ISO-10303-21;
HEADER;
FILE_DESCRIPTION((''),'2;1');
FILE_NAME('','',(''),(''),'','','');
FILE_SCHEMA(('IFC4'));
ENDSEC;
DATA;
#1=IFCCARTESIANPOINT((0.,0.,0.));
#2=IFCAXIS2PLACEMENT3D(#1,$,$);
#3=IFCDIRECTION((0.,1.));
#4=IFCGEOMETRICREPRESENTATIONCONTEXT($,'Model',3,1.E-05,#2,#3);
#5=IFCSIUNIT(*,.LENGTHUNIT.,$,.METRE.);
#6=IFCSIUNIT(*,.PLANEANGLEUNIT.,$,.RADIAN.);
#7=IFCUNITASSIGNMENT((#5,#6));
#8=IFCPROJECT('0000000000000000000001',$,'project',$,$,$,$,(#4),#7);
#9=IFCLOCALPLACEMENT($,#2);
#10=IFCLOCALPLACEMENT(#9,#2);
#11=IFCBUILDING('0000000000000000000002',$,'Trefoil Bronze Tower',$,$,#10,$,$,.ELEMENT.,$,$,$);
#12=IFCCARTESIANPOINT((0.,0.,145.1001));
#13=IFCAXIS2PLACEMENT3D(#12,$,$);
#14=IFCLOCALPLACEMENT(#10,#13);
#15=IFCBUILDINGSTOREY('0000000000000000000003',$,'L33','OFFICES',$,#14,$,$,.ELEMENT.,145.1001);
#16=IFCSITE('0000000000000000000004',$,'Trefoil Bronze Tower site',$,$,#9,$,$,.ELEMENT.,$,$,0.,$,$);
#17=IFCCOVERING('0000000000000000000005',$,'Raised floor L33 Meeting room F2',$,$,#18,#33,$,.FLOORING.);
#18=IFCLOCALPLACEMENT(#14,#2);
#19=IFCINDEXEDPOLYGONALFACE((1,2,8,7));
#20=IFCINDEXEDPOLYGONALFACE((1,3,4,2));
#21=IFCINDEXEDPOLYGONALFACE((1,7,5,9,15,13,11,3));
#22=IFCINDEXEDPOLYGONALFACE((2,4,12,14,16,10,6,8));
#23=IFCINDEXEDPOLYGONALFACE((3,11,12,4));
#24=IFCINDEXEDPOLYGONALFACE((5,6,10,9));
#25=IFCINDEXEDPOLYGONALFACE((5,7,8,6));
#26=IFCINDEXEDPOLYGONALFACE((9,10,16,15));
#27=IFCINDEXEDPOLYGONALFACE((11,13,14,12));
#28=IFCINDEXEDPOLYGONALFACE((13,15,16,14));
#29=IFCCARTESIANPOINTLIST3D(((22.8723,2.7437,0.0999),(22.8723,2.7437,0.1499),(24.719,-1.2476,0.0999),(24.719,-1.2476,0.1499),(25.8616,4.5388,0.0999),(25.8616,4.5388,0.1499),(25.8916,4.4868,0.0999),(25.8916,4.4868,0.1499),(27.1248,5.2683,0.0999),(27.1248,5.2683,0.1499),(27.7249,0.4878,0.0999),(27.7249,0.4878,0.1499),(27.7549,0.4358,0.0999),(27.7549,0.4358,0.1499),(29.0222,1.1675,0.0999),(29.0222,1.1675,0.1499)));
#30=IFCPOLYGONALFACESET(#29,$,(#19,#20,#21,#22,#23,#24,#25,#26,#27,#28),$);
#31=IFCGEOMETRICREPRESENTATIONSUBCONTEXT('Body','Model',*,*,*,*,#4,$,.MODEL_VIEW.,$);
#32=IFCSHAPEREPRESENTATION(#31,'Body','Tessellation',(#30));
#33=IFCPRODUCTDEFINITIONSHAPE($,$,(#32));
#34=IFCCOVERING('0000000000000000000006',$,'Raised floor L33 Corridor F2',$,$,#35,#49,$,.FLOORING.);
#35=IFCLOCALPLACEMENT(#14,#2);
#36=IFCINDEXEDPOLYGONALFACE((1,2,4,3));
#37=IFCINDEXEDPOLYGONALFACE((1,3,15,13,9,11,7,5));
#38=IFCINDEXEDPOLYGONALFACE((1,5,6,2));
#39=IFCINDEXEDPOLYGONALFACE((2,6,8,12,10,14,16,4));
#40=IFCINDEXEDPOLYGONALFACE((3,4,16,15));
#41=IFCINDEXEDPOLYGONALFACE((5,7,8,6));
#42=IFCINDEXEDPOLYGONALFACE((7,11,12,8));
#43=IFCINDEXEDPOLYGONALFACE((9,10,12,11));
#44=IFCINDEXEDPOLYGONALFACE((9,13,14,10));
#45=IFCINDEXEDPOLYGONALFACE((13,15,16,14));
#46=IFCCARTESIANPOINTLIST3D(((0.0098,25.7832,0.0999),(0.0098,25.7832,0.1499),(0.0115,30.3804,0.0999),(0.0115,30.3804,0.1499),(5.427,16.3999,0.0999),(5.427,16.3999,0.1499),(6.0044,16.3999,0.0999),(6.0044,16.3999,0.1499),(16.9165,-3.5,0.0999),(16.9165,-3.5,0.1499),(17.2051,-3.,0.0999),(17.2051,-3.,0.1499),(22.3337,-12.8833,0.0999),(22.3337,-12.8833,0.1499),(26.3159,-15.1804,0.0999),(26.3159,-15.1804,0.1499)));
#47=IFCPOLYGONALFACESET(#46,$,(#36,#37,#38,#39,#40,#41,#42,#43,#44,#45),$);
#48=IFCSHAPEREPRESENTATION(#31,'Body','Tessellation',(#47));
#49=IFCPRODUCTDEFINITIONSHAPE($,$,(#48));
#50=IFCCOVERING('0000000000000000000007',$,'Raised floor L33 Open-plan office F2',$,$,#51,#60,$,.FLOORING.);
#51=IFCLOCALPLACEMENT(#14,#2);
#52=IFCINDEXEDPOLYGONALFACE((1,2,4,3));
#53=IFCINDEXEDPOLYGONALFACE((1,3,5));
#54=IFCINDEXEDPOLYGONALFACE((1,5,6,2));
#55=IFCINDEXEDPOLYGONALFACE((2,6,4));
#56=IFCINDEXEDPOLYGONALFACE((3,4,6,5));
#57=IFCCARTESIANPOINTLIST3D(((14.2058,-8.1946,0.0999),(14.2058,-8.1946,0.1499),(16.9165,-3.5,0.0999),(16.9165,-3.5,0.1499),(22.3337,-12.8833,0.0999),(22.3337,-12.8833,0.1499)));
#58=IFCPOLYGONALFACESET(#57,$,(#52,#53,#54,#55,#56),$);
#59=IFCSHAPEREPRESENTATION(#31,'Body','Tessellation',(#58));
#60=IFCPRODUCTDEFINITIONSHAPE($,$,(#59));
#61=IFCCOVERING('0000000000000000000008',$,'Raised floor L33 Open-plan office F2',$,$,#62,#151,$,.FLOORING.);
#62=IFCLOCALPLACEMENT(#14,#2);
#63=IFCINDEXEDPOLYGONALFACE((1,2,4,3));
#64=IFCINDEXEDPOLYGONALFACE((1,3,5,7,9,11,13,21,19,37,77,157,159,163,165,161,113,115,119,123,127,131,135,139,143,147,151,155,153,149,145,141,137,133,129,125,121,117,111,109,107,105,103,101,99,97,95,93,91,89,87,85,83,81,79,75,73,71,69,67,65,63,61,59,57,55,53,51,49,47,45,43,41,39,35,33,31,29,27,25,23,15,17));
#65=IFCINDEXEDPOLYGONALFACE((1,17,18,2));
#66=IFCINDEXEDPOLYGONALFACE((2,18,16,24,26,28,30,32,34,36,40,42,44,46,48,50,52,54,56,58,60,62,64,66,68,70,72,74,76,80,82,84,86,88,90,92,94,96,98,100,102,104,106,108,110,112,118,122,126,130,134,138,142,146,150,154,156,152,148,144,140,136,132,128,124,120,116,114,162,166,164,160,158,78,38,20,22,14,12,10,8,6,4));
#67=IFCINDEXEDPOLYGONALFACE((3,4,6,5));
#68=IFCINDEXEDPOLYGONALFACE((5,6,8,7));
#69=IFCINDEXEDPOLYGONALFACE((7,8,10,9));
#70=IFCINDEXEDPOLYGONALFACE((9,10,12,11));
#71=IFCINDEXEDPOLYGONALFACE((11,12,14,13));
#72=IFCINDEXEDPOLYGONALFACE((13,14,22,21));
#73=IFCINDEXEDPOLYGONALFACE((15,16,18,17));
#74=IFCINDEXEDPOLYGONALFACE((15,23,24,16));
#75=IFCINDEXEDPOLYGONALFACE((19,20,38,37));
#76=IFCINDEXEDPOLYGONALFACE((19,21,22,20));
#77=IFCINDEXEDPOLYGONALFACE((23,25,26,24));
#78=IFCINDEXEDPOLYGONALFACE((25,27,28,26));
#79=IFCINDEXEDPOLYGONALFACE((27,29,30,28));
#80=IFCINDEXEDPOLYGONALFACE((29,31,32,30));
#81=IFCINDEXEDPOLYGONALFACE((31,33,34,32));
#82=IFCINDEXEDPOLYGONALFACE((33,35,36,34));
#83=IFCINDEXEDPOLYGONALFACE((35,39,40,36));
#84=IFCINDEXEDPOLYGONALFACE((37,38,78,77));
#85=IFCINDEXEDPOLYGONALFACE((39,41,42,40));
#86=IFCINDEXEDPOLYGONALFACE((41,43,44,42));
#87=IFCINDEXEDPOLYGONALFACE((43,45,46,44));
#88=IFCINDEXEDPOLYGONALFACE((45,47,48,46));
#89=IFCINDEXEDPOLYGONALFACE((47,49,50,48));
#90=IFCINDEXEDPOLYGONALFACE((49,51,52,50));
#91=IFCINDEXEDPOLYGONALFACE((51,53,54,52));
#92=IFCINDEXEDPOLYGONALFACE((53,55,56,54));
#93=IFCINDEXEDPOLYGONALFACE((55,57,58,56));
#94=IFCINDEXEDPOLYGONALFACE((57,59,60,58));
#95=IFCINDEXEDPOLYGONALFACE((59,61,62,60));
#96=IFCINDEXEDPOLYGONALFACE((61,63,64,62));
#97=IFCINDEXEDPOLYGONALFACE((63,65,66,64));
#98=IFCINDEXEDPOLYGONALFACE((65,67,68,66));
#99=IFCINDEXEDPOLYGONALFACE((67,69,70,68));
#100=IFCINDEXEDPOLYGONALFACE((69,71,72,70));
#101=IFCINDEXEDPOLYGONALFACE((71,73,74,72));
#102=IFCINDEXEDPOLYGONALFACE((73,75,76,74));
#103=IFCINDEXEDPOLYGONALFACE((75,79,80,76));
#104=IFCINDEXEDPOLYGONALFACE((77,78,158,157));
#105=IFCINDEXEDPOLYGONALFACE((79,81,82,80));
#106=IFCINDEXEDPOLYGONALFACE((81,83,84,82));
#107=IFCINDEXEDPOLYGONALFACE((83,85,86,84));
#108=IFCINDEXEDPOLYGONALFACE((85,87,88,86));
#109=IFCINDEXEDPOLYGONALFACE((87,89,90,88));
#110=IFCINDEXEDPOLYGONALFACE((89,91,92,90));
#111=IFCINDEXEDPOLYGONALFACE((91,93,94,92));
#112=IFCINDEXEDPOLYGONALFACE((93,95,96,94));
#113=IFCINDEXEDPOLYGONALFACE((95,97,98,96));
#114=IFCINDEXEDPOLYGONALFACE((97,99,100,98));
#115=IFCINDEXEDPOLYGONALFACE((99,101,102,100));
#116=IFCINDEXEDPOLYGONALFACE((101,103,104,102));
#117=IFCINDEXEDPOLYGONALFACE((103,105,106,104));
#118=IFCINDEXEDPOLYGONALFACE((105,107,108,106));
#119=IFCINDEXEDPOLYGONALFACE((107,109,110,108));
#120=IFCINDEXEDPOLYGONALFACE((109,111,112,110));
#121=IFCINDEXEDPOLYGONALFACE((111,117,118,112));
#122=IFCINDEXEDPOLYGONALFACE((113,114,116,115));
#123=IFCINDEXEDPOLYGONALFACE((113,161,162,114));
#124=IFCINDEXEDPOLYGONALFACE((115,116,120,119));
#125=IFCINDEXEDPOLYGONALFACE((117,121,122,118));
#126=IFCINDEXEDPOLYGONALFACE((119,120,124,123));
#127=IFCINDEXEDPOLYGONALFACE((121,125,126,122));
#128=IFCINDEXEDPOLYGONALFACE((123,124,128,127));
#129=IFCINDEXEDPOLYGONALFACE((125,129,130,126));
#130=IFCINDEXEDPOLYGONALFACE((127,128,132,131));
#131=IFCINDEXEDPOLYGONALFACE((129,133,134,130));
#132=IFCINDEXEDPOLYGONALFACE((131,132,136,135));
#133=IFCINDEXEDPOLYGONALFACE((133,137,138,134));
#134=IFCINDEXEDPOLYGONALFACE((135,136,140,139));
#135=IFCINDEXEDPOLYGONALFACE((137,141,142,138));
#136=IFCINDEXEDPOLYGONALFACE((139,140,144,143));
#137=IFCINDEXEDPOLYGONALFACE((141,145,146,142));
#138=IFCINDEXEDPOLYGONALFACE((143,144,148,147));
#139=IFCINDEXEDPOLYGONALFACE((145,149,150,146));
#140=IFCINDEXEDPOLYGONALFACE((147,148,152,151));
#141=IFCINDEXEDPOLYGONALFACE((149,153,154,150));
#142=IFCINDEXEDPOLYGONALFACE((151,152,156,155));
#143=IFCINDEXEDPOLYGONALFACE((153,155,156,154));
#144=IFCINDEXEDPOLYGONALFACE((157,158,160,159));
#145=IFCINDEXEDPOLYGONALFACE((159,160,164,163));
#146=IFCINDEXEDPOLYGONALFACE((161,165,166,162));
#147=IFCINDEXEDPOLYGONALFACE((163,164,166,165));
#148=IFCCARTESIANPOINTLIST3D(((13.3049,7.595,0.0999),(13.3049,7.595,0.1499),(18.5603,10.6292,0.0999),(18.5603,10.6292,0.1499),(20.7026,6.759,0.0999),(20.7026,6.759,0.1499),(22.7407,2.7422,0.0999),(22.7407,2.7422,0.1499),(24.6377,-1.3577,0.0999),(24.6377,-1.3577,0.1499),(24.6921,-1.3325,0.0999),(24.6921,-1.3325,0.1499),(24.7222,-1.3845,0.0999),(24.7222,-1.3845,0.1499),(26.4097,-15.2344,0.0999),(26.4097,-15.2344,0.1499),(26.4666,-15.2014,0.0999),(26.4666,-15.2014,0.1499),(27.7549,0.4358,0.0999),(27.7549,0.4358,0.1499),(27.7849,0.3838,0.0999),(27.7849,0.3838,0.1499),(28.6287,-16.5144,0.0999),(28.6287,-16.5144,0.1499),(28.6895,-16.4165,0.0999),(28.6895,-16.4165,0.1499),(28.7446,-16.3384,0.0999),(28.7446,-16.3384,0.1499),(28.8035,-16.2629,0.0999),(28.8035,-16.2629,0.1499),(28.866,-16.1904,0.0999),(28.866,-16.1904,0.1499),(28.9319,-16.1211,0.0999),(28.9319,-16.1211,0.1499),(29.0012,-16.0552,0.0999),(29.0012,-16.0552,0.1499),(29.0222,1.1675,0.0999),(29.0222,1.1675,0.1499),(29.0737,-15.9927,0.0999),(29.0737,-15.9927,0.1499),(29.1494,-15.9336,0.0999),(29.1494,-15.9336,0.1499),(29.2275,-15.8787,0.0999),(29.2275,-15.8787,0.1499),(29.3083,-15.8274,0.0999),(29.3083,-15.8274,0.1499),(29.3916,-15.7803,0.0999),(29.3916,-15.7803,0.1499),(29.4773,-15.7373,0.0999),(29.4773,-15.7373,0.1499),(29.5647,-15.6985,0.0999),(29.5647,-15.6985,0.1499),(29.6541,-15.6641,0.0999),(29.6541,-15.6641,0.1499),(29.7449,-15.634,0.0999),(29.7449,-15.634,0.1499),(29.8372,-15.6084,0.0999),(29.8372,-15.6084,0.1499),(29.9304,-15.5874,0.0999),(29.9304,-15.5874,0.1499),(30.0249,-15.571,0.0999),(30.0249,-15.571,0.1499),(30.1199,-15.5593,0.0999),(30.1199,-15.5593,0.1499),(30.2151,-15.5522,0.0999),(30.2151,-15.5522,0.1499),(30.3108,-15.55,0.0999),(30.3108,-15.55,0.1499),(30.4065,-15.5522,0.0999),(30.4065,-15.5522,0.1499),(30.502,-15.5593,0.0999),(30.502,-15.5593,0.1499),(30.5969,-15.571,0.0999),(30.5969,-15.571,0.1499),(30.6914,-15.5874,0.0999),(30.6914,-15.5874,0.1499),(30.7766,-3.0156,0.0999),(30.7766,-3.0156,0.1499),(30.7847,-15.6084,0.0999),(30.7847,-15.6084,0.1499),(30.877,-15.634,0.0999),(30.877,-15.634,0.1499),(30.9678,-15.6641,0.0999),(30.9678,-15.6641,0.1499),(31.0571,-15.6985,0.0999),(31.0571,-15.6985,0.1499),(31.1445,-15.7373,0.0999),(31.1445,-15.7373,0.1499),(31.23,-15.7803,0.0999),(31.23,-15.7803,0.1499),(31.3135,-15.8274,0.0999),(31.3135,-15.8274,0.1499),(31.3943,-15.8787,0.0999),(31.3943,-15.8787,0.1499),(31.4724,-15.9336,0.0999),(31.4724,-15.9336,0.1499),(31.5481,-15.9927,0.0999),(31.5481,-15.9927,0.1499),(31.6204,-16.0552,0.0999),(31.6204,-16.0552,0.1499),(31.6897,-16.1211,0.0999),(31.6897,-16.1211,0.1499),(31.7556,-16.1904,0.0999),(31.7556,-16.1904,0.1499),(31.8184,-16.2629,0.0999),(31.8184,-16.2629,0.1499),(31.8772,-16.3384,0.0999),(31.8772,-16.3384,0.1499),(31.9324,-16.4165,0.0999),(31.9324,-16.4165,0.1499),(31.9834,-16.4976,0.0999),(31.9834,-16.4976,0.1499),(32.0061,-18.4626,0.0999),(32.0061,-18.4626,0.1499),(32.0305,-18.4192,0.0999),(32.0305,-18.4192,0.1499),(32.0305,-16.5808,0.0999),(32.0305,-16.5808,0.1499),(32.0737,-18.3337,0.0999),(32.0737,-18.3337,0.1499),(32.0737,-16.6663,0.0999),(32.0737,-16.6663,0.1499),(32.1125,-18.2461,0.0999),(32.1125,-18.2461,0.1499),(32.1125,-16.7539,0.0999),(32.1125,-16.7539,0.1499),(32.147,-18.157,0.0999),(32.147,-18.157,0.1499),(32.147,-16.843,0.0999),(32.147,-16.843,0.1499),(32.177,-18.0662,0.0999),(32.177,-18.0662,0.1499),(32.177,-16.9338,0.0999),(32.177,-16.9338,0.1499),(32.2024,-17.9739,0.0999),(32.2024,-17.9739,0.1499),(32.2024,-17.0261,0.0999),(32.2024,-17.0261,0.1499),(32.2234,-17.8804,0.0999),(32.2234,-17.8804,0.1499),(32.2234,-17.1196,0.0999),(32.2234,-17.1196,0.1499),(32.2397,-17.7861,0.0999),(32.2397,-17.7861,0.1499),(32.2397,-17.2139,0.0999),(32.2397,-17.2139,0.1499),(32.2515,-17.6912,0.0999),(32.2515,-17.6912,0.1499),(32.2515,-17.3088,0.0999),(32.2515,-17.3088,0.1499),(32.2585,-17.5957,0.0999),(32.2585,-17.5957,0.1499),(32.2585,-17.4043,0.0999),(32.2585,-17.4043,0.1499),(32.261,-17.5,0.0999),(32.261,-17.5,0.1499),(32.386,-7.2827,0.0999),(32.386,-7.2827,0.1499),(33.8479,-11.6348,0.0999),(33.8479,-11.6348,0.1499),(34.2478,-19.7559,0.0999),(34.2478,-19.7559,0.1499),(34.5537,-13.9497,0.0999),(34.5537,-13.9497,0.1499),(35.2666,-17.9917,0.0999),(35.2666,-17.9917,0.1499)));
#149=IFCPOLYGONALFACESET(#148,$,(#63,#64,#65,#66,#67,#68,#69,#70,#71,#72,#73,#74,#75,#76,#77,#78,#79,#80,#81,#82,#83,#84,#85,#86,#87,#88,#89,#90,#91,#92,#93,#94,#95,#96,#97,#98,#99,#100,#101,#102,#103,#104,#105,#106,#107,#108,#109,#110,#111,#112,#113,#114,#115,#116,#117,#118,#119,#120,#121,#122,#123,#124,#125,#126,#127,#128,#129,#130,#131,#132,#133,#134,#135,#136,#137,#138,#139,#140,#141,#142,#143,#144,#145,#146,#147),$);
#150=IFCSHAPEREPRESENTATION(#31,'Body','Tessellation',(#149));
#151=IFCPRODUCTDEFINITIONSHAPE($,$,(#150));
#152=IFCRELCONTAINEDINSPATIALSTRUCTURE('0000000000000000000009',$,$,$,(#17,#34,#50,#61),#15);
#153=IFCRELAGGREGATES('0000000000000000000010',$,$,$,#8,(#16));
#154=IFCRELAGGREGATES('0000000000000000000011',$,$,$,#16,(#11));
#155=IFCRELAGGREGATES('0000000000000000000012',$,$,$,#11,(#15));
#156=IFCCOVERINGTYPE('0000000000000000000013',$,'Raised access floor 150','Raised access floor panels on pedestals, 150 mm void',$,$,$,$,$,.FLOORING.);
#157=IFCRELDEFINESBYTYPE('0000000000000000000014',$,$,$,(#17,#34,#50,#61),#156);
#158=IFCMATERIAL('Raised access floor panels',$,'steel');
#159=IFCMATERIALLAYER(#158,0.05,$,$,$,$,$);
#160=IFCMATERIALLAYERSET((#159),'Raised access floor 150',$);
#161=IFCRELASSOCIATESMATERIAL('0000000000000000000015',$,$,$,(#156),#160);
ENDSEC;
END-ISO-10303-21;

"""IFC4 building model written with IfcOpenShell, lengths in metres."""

from ifc_helpers import new_model, si_unit, direction, frame, origin, place, context, subcontext, project, spatial, polyline, outline, extrude, material, layer, layer_set, type_object, element, save


model = new_model("IFC4")

# Units and contexts
model_context = context("Model", 3, precision=1e-05, world=origin(), true_north=direction((0.0, 1.0)))
body_context = subcontext(model_context, "Body", "Model", "MODEL_VIEW")
ifc_project = project(units=[si_unit("LENGTHUNIT", "METRE"), si_unit("PLANEANGLEUNIT", "RADIAN")], contexts=[model_context])

# Site, building, storey
site_placement = place(None, origin())
site = spatial("IfcSite", under=ifc_project, at=site_placement, Name="Trefoil Bronze Tower site", CompositionType="ELEMENT", RefElevation=0.0)
building_placement = place(site_placement, origin())
building = spatial("IfcBuilding", under=site, at=building_placement, Name="Trefoil Bronze Tower", CompositionType="ELEMENT")
storey_placement = place(building_placement, frame((0.0, 0.0, 145.1001)))
storey = spatial("IfcBuildingStorey", under=building, at=storey_placement, Name="L33", Description="OFFICES", CompositionType="ELEMENT", Elevation=145.1001)

# Coverings
ifc_material_1 = material(Name="Raised access floor panels", Category="steel")
ifc_layer_1 = layer(ifc_material_1, 0.05)
ifc_layer_set_1 = layer_set([ifc_layer_1], Name="Raised access floor 150")
covering_type_1 = type_object("IfcCoveringType", Name="Raised access floor 150", Description="Raised access floor panels on pedestals, 150 mm void", PredefinedType="FLOORING", material=ifc_layer_set_1)
covering_1_placement = place(storey_placement, frame((0.0, 0.0, 0.0999)))
element("IfcCovering", 1, at=covering_1_placement, inside=storey, type_object=covering_type_1, Name="Raised floor L33 Meeting room F2", PredefinedType="FLOORING", context=body_context, shape_type="SweptSolid", body=[
    extrude(outline(polyline([(27.1248, 5.2683), (29.0222, 1.1675), (27.7549, 0.4358), (27.7249, 0.4878), (24.719, -1.2476), (22.8723, 2.7437), (25.8916, 4.4868), (25.8616, 4.5388), (27.1248, 5.2683)])), origin(), (0.0, 0.0, 1.0), 0.05),
])
covering_2_placement = place(storey_placement, frame((0.0, 0.0, 0.0999)))
element("IfcCovering", 2, at=covering_2_placement, inside=storey, type_object=covering_type_1, Name="Raised floor L33 Corridor F2", PredefinedType="FLOORING", context=body_context, shape_type="SweptSolid", body=[
    extrude(outline(polyline([(26.3159, -15.1804), (22.3337, -12.8833), (16.9165, -3.5), (17.2051, -3.0), (6.0044, 16.3999), (5.427, 16.3999), (0.0098, 25.7832), (0.0115, 30.3804), (26.3159, -15.1804)])), origin(), (0.0, 0.0, 1.0), 0.05),
])
covering_3_placement = place(storey_placement, frame((0.0, 0.0, 0.0999)))
element("IfcCovering", 3, at=covering_3_placement, inside=storey, type_object=covering_type_1, Name="Raised floor L33 Open-plan office F2", PredefinedType="FLOORING", context=body_context, shape_type="SweptSolid", body=[
    extrude(outline(polyline([(14.2058, -8.1946), (16.9165, -3.5), (22.3337, -12.8833), (14.2058, -8.1946)])), origin(), (0.0, 0.0, 1.0), 0.05),
])
covering_4_placement = place(storey_placement, frame((0.0, 0.0, 0.0999)))
element("IfcCovering", 4, at=covering_4_placement, inside=storey, type_object=covering_type_1, Name="Raised floor L33 Open-plan office F2", PredefinedType="FLOORING", context=body_context, shape_type="SweptSolid", body=[
    extrude(outline(polyline([(26.4097, -15.2344), (26.4666, -15.2014), (13.3049, 7.595), (18.5603, 10.6292), (20.7026, 6.759), (22.7407, 2.7422), (24.6377, -1.3577), (24.6921, -1.3325), (24.7222, -1.3845), (27.7849, 0.3838), (27.7549, 0.4358), (29.0222, 1.1675), (30.7766, -3.0156), (32.386, -7.2827), (33.8479, -11.6348), (34.5537, -13.9497), (35.2666, -17.9917), (34.2478, -19.7559), (32.0061, -18.4626), (32.0305, -18.4192), (32.0737, -18.3337), (32.1125, -18.2461), (32.147, -18.157), (32.177, -18.0662), (32.2024, -17.9739), (32.2234, -17.8804), (32.2397, -17.7861), (32.2515, -17.6912), (32.2585, -17.5957), (32.261, -17.5), (32.2585, -17.4043), (32.2515, -17.3088), (32.2397, -17.2139), (32.2234, -17.1196), (32.2024, -17.0261), (32.177, -16.9338), (32.147, -16.843), (32.1125, -16.7539), (32.0737, -16.6663), (32.0305, -16.5808), (31.9834, -16.4976), (31.9324, -16.4165), (31.8772, -16.3384), (31.8184, -16.2629), (31.7556, -16.1904), (31.6897, -16.1211), (31.6204, -16.0552), (31.5481, -15.9927), (31.4724, -15.9336), (31.3943, -15.8787), (31.3135, -15.8274), (31.23, -15.7803), (31.1445, -15.7373), (31.0571, -15.6985), (30.9678, -15.6641), (30.877, -15.634), (30.7847, -15.6084), (30.6914, -15.5874), (30.5969, -15.571), (30.502, -15.5593), (30.4065, -15.5522), (30.3108, -15.55), (30.2151, -15.5522), (30.1199, -15.5593), (30.0249, -15.571), (29.9304, -15.5874), (29.8372, -15.6084), (29.7449, -15.634), (29.6541, -15.6641), (29.5647, -15.6985), (29.4773, -15.7373), (29.3916, -15.7803), (29.3083, -15.8274), (29.2275, -15.8787), (29.1494, -15.9336), (29.0737, -15.9927), (29.0012, -16.0552), (28.9319, -16.1211), (28.866, -16.1904), (28.8035, -16.2629), (28.7446, -16.3384), (28.6895, -16.4165), (28.6287, -16.5144), (26.4097, -15.2344)])), origin(), (0.0, 0.0, 1.0), 0.05),
])

save(model, "model.ifc")
